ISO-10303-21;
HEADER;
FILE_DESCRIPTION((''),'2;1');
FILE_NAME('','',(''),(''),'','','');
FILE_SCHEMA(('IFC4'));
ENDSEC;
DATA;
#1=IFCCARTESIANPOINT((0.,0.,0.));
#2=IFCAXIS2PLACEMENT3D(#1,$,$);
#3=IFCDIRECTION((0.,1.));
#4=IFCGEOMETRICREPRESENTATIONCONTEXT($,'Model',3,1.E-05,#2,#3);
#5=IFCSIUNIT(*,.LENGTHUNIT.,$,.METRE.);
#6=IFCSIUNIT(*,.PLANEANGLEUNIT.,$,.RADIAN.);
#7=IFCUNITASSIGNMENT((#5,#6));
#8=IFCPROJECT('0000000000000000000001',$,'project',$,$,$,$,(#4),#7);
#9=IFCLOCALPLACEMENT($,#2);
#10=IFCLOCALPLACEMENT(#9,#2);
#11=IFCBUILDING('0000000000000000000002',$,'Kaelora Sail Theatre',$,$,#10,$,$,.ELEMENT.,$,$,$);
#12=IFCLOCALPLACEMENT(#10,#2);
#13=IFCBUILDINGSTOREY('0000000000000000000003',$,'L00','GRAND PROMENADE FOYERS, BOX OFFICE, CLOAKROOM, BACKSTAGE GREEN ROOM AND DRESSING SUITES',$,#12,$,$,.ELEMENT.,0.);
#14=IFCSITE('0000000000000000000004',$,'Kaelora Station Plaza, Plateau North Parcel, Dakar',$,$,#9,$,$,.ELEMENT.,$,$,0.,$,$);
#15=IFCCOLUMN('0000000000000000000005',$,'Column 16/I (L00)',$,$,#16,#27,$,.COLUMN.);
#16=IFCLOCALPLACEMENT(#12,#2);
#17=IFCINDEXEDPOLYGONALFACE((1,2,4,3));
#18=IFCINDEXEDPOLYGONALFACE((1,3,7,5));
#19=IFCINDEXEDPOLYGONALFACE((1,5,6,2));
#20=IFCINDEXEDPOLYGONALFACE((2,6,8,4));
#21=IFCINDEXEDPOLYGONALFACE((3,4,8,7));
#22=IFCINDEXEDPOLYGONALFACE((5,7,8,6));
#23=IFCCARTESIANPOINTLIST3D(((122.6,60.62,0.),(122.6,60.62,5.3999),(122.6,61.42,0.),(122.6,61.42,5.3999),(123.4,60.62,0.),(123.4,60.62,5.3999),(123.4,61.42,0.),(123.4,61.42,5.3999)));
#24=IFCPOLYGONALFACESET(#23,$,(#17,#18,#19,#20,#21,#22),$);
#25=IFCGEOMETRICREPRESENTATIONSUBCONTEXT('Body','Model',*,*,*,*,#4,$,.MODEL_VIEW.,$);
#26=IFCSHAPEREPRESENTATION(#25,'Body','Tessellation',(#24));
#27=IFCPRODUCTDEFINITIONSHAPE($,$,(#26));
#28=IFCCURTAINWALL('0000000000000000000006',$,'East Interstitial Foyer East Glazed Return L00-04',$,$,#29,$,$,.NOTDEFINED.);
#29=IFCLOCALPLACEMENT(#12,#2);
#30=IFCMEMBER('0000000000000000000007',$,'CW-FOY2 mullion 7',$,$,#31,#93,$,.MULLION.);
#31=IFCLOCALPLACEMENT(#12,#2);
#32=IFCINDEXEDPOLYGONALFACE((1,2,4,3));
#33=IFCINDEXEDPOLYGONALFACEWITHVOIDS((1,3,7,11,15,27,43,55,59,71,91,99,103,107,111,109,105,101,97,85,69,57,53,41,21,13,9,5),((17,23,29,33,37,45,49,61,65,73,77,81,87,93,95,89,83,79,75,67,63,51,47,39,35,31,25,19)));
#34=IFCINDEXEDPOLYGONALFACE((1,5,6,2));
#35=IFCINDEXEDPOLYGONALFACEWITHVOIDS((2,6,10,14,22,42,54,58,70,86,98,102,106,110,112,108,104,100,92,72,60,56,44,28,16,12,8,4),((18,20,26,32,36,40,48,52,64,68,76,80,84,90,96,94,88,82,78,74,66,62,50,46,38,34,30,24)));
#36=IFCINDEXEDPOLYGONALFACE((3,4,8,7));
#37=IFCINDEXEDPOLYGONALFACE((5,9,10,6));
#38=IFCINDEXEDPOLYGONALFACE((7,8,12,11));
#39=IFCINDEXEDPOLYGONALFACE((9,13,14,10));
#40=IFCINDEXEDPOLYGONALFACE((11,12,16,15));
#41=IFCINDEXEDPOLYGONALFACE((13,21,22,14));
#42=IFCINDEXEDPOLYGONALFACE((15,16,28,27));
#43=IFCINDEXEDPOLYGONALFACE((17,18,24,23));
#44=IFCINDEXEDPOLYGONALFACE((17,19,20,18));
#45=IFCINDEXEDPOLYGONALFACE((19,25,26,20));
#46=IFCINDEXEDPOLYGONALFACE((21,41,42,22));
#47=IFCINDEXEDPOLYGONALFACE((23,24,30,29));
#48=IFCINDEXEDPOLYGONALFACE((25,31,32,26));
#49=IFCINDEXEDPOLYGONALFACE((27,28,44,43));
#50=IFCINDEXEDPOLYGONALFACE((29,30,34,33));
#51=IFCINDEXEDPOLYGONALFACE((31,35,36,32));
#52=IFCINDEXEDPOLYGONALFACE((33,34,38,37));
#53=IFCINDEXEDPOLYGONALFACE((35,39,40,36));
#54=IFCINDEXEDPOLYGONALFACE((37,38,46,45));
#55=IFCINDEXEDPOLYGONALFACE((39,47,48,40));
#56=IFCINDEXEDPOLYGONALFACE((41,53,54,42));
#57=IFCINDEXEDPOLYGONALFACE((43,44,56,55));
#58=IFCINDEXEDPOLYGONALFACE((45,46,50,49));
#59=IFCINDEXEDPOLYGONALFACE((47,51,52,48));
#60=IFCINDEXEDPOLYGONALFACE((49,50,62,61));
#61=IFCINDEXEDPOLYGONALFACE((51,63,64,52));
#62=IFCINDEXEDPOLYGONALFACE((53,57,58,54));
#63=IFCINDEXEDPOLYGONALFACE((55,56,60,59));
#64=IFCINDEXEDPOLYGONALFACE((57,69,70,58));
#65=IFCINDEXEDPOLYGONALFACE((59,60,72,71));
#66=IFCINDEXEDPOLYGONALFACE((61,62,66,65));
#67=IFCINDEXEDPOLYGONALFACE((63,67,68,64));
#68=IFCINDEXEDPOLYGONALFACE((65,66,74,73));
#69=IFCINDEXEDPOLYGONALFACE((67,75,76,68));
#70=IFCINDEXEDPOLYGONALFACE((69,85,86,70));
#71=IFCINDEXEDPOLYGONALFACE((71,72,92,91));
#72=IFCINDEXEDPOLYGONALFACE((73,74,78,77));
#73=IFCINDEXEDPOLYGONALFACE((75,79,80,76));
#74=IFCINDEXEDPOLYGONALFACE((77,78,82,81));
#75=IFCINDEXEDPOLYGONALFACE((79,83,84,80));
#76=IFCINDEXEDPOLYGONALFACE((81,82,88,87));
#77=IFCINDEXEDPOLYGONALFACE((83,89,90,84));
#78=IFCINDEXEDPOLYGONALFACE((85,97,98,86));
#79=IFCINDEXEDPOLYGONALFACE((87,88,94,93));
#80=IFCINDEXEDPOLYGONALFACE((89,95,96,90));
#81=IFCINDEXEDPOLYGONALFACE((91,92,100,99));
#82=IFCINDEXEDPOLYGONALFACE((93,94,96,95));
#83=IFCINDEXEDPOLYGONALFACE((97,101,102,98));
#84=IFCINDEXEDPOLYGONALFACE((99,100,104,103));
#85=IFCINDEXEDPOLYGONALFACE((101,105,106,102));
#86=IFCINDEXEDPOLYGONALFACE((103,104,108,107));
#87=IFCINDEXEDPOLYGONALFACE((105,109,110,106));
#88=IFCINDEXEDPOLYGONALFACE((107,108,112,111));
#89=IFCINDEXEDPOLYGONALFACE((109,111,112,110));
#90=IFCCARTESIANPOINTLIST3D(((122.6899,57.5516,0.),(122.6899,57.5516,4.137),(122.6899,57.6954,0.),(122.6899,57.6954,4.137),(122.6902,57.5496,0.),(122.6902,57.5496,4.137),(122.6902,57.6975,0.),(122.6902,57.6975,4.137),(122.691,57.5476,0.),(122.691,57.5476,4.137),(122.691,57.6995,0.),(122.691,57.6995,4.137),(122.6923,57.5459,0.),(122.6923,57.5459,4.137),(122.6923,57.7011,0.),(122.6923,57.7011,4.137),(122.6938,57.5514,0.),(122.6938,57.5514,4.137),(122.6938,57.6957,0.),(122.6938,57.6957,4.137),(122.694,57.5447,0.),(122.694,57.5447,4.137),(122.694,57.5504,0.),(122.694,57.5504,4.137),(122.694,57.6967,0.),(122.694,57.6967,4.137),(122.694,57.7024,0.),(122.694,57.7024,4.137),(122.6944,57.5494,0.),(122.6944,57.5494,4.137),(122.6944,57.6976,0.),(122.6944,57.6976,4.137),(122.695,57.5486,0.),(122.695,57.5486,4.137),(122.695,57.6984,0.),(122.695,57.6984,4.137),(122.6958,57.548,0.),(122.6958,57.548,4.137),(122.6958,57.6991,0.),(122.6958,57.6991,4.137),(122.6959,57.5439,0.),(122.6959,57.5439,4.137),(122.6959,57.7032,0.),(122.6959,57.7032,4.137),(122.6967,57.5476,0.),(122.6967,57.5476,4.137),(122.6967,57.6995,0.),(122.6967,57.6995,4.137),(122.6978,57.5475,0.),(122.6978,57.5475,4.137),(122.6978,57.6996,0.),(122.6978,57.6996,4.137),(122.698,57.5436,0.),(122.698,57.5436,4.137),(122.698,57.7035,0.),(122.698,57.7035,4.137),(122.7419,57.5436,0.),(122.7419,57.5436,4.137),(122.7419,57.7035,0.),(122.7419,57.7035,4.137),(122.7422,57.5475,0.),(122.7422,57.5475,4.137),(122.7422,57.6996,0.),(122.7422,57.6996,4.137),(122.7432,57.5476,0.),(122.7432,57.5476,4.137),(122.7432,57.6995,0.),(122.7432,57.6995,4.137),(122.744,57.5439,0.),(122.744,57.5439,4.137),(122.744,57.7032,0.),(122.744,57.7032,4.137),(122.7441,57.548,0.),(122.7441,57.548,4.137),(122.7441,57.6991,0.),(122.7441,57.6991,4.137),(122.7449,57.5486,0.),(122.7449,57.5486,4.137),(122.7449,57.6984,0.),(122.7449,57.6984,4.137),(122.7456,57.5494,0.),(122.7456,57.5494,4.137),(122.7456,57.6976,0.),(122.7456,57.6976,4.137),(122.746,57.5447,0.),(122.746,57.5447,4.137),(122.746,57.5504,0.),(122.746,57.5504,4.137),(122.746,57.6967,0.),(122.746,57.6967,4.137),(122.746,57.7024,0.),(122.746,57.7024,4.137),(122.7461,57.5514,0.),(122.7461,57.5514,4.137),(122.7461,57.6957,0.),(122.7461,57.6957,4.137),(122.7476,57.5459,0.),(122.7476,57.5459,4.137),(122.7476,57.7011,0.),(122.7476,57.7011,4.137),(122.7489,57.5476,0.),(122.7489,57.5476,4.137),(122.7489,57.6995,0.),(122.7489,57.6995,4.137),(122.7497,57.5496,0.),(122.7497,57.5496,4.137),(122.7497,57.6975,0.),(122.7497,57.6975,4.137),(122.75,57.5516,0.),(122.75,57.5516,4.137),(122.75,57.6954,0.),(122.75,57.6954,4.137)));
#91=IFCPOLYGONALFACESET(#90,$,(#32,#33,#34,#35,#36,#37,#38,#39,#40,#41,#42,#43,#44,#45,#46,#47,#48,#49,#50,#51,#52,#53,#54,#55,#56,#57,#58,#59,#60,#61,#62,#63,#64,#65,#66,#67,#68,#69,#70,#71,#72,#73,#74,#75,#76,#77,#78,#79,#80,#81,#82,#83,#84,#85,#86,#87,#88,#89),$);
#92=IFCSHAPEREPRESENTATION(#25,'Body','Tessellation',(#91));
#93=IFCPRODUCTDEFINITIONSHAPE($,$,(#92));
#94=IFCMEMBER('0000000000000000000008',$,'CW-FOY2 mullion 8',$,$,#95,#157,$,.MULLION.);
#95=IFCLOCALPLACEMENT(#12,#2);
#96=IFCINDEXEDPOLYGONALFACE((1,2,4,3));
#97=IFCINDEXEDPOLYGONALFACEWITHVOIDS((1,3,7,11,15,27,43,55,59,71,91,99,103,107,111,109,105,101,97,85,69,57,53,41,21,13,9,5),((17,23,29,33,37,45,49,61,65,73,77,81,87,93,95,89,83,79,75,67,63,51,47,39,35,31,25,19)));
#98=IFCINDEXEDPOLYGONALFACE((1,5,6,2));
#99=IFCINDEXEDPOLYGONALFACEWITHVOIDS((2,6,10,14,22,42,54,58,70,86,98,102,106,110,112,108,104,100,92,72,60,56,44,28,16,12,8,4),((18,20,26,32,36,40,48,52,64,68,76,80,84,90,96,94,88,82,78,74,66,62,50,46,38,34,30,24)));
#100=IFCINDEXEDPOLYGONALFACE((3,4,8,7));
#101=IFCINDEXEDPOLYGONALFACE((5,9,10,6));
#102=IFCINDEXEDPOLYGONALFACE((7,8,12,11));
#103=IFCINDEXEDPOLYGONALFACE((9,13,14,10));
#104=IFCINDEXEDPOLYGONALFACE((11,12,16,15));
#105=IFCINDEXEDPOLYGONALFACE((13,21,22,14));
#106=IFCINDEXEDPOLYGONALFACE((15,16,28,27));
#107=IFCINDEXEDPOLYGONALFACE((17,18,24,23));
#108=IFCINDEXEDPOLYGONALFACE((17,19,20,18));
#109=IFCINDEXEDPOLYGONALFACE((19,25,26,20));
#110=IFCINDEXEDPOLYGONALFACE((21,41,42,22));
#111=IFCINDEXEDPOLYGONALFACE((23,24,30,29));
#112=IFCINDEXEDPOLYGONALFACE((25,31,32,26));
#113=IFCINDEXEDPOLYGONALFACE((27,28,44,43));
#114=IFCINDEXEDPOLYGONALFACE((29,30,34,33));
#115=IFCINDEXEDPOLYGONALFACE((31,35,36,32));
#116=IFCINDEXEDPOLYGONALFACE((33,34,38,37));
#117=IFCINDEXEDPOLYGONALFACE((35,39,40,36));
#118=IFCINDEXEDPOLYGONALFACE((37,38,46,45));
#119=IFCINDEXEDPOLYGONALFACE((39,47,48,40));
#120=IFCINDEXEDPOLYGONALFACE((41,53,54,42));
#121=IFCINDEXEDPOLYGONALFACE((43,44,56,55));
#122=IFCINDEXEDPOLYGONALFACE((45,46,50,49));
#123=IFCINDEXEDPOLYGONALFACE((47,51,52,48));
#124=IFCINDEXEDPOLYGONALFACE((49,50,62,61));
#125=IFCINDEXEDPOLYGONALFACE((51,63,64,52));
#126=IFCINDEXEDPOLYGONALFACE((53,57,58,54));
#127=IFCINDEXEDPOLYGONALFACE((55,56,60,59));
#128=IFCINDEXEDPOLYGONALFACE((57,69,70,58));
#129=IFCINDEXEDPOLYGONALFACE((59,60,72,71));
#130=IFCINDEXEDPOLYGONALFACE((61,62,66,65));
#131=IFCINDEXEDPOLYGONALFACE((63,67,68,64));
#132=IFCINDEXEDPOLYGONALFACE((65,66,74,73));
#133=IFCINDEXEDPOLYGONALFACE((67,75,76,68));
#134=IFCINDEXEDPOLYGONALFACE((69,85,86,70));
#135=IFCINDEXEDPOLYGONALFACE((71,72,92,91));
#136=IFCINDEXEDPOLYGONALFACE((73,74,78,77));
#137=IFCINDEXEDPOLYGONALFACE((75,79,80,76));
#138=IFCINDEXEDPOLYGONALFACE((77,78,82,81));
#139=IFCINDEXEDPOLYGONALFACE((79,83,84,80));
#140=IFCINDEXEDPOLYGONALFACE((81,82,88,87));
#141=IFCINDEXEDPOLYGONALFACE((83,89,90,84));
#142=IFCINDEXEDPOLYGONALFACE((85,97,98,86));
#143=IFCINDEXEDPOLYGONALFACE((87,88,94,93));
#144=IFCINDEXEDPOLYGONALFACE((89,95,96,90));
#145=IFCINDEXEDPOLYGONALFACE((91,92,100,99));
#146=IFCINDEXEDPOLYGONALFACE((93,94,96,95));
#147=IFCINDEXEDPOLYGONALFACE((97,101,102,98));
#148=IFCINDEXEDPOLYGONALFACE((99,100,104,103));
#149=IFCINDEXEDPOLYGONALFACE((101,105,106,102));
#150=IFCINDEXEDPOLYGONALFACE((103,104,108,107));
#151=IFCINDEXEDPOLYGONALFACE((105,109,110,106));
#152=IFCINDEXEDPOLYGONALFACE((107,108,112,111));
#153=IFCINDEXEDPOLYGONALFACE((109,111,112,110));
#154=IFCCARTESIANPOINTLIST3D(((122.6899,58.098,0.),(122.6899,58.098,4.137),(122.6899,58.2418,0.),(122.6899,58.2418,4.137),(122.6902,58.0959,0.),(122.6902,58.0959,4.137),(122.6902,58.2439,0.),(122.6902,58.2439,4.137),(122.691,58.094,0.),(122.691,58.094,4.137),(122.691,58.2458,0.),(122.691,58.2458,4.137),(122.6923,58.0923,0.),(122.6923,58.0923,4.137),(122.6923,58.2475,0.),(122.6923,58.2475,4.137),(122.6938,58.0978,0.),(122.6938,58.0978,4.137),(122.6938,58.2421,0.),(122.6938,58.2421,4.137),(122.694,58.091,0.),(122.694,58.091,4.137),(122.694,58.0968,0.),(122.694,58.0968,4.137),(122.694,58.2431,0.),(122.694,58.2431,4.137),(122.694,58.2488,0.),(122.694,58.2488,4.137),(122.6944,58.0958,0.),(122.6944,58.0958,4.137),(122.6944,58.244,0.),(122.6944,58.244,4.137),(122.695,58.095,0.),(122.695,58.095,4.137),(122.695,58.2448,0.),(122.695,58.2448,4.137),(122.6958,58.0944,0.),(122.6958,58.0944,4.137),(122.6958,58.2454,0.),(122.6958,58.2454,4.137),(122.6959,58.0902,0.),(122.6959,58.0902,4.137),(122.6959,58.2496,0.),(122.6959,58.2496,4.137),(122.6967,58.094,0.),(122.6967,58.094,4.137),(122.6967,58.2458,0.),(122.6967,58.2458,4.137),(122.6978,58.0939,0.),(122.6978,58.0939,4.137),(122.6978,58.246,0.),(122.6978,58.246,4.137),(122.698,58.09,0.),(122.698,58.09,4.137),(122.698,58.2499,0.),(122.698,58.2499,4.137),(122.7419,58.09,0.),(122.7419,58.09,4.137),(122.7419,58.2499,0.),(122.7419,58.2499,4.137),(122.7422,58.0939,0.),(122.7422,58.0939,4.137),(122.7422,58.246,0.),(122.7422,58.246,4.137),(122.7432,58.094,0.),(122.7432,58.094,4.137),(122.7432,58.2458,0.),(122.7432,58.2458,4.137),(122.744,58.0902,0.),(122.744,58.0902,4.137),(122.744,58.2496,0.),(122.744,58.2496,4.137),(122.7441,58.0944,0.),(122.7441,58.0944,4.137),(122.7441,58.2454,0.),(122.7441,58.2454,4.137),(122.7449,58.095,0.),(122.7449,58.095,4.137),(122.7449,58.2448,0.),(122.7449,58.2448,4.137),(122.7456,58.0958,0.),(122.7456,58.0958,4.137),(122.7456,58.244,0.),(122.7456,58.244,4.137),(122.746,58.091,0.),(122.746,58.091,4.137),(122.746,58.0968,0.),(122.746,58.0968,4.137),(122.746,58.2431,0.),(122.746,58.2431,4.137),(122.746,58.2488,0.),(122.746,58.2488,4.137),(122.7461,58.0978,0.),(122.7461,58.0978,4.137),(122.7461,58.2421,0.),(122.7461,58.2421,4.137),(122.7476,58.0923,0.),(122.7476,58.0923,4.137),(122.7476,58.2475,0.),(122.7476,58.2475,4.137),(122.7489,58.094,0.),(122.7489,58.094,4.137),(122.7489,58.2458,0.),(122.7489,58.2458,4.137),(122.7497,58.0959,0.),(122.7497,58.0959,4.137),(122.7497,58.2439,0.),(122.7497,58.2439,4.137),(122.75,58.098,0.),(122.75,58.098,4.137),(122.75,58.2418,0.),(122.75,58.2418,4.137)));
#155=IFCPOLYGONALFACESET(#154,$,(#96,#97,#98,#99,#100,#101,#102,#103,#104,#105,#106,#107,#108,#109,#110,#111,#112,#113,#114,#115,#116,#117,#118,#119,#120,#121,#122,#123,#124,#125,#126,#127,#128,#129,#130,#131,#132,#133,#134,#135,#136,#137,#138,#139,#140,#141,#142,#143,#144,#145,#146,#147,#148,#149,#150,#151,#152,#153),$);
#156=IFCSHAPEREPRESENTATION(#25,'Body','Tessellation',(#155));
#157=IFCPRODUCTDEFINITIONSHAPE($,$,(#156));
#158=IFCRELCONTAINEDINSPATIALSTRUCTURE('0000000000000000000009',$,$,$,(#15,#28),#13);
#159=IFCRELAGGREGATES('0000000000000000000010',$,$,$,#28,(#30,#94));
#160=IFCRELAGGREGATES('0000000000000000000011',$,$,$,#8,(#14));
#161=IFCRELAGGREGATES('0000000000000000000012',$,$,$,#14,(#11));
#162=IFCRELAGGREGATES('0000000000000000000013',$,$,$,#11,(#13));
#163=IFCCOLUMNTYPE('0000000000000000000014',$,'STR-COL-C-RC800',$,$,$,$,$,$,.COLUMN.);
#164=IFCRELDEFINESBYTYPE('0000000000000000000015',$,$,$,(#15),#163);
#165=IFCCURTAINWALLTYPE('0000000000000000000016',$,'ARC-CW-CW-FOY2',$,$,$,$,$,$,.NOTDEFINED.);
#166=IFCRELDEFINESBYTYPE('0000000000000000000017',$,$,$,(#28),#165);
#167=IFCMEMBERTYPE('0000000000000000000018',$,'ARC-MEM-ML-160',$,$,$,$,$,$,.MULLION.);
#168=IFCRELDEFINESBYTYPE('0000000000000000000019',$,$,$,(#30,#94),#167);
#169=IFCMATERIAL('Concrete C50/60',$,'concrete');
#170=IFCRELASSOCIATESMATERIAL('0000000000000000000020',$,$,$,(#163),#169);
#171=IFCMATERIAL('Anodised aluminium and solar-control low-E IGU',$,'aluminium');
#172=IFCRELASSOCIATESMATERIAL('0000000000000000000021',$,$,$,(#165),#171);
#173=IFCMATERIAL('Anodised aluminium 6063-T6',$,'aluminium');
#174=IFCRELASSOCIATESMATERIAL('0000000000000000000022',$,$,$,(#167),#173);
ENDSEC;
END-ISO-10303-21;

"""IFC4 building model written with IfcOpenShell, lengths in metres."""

from ifc_helpers import new_model, si_unit, direction, frame, origin, origin_2d, place, context, subcontext, project, spatial, rectangle, hollow_rectangle, extrude, material, material_profile, profile_set, type_object, element, aggregate, save


model = new_model("IFC4")

# Units and contexts
model_context = context("Model", 3, precision=1e-05, world=origin(), true_north=direction((0.0, 1.0)))
body_context = subcontext(model_context, "Body", "Model", "MODEL_VIEW")
ifc_project = project(units=[si_unit("LENGTHUNIT", "METRE"), si_unit("PLANEANGLEUNIT", "RADIAN")], contexts=[model_context])

# Site, building, storey
site_placement = place(None, origin())
site = spatial("IfcSite", under=ifc_project, at=site_placement, Name="Kaelora Station Plaza, Plateau North Parcel, Dakar", CompositionType="ELEMENT", RefElevation=0.0)
building_placement = place(site_placement, origin())
building = spatial("IfcBuilding", under=site, at=building_placement, Name="Kaelora Sail Theatre", CompositionType="ELEMENT")
storey_placement = place(building_placement, origin())
storey = spatial("IfcBuildingStorey", under=building, at=storey_placement, Name="L00", Description="GRAND PROMENADE FOYERS, BOX OFFICE, CLOAKROOM, BACKSTAGE GREEN ROOM AND DRESSING SUITES", CompositionType="ELEMENT", Elevation=0.0)

# Column
ifc_material_1 = material(Name="Concrete C50/60", Category="concrete")
ifc_material_profile_1 = material_profile(ifc_material_1, rectangle(XDim=0.8, YDim=0.8, at=origin_2d()), Name="RC-COL 800x800")
ifc_profile_set_1 = profile_set([ifc_material_profile_1], Name="Concrete C50/60")
column_type = type_object("IfcColumnType", Name="STR-COL-C-RC800", PredefinedType="COLUMN", material=ifc_profile_set_1)
column_placement = place(storey_placement, frame((123.0, 61.02, 0.0), z_axis=(0.0, 0.0, 1.0), x_axis=(1.0, 0.0, 0.0)))
element("IfcColumn", 1, at=column_placement, inside=storey, type_object=column_type, Name="Column 16/I (L00)", PredefinedType="COLUMN", context=body_context, shape_type="SweptSolid", body=[
    extrude(rectangle(XDim=0.8, YDim=0.8, at=origin_2d()), origin(), (0.0, 0.0, 1.0), 5.3999),
])

# Curtain wall, members
ifc_material_2 = material(Name="Anodised aluminium and solar-control low-E IGU", Category="aluminium")
curtain_wall_type = type_object("IfcCurtainWallType", Name="ARC-CW-CW-FOY2", PredefinedType="NOTDEFINED", material=ifc_material_2)
curtain_wall_placement = place(storey_placement, origin())
curtain_wall = element("IfcCurtainWall", 2, at=curtain_wall_placement, inside=storey, type_object=curtain_wall_type, Name="East Interstitial Foyer East Glazed Return L00-04", PredefinedType="NOTDEFINED")
ifc_material_3 = material(Name="Anodised aluminium 6063-T6", Category="aluminium")
ifc_material_profile_2 = material_profile(ifc_material_3, hollow_rectangle(XDim=0.0601, YDim=0.1599, WallThickness=0.0039, InnerFilletRadius=0.0039, OuterFilletRadius=0.0081, at=origin_2d()), Name="ALU-MULL 60x160x4")
ifc_profile_set_2 = profile_set([ifc_material_profile_2], Name="Anodised aluminium 6063-T6")
member_type_1 = type_object("IfcMemberType", Name="ARC-MEM-ML-160", PredefinedType="MULLION", material=ifc_profile_set_2)
member_1_placement = place(storey_placement, frame((122.72, 57.6235, 0.0), z_axis=(0.0, 0.0, 1.0), x_axis=(-1.0, 0.0, 0.0)))
member_1 = element("IfcMember", 3, at=member_1_placement, type_object=member_type_1, Name="CW-FOY2 mullion 7", PredefinedType="MULLION", context=body_context, shape_type="SweptSolid", body=[
    extrude(hollow_rectangle(XDim=0.0601, YDim=0.1599, WallThickness=0.0039, InnerFilletRadius=0.0039, OuterFilletRadius=0.0081, at=origin_2d()), origin(), (0.0, 0.0, 1.0), 4.137),
])
member_2_placement = place(storey_placement, frame((122.72, 58.1699, 0.0), z_axis=(0.0, 0.0, 1.0), x_axis=(-1.0, 0.0, 0.0)))
member_2 = element("IfcMember", 4, at=member_2_placement, type_object=member_type_1, Name="CW-FOY2 mullion 8", PredefinedType="MULLION", context=body_context, shape_type="SweptSolid", body=[
    extrude(hollow_rectangle(XDim=0.0601, YDim=0.1599, WallThickness=0.0039, InnerFilletRadius=0.0039, OuterFilletRadius=0.0081, at=origin_2d()), origin(), (0.0, 0.0, 1.0), 4.137),
])
aggregate(curtain_wall, [member_1, member_2])

save(model, "model.ifc")
